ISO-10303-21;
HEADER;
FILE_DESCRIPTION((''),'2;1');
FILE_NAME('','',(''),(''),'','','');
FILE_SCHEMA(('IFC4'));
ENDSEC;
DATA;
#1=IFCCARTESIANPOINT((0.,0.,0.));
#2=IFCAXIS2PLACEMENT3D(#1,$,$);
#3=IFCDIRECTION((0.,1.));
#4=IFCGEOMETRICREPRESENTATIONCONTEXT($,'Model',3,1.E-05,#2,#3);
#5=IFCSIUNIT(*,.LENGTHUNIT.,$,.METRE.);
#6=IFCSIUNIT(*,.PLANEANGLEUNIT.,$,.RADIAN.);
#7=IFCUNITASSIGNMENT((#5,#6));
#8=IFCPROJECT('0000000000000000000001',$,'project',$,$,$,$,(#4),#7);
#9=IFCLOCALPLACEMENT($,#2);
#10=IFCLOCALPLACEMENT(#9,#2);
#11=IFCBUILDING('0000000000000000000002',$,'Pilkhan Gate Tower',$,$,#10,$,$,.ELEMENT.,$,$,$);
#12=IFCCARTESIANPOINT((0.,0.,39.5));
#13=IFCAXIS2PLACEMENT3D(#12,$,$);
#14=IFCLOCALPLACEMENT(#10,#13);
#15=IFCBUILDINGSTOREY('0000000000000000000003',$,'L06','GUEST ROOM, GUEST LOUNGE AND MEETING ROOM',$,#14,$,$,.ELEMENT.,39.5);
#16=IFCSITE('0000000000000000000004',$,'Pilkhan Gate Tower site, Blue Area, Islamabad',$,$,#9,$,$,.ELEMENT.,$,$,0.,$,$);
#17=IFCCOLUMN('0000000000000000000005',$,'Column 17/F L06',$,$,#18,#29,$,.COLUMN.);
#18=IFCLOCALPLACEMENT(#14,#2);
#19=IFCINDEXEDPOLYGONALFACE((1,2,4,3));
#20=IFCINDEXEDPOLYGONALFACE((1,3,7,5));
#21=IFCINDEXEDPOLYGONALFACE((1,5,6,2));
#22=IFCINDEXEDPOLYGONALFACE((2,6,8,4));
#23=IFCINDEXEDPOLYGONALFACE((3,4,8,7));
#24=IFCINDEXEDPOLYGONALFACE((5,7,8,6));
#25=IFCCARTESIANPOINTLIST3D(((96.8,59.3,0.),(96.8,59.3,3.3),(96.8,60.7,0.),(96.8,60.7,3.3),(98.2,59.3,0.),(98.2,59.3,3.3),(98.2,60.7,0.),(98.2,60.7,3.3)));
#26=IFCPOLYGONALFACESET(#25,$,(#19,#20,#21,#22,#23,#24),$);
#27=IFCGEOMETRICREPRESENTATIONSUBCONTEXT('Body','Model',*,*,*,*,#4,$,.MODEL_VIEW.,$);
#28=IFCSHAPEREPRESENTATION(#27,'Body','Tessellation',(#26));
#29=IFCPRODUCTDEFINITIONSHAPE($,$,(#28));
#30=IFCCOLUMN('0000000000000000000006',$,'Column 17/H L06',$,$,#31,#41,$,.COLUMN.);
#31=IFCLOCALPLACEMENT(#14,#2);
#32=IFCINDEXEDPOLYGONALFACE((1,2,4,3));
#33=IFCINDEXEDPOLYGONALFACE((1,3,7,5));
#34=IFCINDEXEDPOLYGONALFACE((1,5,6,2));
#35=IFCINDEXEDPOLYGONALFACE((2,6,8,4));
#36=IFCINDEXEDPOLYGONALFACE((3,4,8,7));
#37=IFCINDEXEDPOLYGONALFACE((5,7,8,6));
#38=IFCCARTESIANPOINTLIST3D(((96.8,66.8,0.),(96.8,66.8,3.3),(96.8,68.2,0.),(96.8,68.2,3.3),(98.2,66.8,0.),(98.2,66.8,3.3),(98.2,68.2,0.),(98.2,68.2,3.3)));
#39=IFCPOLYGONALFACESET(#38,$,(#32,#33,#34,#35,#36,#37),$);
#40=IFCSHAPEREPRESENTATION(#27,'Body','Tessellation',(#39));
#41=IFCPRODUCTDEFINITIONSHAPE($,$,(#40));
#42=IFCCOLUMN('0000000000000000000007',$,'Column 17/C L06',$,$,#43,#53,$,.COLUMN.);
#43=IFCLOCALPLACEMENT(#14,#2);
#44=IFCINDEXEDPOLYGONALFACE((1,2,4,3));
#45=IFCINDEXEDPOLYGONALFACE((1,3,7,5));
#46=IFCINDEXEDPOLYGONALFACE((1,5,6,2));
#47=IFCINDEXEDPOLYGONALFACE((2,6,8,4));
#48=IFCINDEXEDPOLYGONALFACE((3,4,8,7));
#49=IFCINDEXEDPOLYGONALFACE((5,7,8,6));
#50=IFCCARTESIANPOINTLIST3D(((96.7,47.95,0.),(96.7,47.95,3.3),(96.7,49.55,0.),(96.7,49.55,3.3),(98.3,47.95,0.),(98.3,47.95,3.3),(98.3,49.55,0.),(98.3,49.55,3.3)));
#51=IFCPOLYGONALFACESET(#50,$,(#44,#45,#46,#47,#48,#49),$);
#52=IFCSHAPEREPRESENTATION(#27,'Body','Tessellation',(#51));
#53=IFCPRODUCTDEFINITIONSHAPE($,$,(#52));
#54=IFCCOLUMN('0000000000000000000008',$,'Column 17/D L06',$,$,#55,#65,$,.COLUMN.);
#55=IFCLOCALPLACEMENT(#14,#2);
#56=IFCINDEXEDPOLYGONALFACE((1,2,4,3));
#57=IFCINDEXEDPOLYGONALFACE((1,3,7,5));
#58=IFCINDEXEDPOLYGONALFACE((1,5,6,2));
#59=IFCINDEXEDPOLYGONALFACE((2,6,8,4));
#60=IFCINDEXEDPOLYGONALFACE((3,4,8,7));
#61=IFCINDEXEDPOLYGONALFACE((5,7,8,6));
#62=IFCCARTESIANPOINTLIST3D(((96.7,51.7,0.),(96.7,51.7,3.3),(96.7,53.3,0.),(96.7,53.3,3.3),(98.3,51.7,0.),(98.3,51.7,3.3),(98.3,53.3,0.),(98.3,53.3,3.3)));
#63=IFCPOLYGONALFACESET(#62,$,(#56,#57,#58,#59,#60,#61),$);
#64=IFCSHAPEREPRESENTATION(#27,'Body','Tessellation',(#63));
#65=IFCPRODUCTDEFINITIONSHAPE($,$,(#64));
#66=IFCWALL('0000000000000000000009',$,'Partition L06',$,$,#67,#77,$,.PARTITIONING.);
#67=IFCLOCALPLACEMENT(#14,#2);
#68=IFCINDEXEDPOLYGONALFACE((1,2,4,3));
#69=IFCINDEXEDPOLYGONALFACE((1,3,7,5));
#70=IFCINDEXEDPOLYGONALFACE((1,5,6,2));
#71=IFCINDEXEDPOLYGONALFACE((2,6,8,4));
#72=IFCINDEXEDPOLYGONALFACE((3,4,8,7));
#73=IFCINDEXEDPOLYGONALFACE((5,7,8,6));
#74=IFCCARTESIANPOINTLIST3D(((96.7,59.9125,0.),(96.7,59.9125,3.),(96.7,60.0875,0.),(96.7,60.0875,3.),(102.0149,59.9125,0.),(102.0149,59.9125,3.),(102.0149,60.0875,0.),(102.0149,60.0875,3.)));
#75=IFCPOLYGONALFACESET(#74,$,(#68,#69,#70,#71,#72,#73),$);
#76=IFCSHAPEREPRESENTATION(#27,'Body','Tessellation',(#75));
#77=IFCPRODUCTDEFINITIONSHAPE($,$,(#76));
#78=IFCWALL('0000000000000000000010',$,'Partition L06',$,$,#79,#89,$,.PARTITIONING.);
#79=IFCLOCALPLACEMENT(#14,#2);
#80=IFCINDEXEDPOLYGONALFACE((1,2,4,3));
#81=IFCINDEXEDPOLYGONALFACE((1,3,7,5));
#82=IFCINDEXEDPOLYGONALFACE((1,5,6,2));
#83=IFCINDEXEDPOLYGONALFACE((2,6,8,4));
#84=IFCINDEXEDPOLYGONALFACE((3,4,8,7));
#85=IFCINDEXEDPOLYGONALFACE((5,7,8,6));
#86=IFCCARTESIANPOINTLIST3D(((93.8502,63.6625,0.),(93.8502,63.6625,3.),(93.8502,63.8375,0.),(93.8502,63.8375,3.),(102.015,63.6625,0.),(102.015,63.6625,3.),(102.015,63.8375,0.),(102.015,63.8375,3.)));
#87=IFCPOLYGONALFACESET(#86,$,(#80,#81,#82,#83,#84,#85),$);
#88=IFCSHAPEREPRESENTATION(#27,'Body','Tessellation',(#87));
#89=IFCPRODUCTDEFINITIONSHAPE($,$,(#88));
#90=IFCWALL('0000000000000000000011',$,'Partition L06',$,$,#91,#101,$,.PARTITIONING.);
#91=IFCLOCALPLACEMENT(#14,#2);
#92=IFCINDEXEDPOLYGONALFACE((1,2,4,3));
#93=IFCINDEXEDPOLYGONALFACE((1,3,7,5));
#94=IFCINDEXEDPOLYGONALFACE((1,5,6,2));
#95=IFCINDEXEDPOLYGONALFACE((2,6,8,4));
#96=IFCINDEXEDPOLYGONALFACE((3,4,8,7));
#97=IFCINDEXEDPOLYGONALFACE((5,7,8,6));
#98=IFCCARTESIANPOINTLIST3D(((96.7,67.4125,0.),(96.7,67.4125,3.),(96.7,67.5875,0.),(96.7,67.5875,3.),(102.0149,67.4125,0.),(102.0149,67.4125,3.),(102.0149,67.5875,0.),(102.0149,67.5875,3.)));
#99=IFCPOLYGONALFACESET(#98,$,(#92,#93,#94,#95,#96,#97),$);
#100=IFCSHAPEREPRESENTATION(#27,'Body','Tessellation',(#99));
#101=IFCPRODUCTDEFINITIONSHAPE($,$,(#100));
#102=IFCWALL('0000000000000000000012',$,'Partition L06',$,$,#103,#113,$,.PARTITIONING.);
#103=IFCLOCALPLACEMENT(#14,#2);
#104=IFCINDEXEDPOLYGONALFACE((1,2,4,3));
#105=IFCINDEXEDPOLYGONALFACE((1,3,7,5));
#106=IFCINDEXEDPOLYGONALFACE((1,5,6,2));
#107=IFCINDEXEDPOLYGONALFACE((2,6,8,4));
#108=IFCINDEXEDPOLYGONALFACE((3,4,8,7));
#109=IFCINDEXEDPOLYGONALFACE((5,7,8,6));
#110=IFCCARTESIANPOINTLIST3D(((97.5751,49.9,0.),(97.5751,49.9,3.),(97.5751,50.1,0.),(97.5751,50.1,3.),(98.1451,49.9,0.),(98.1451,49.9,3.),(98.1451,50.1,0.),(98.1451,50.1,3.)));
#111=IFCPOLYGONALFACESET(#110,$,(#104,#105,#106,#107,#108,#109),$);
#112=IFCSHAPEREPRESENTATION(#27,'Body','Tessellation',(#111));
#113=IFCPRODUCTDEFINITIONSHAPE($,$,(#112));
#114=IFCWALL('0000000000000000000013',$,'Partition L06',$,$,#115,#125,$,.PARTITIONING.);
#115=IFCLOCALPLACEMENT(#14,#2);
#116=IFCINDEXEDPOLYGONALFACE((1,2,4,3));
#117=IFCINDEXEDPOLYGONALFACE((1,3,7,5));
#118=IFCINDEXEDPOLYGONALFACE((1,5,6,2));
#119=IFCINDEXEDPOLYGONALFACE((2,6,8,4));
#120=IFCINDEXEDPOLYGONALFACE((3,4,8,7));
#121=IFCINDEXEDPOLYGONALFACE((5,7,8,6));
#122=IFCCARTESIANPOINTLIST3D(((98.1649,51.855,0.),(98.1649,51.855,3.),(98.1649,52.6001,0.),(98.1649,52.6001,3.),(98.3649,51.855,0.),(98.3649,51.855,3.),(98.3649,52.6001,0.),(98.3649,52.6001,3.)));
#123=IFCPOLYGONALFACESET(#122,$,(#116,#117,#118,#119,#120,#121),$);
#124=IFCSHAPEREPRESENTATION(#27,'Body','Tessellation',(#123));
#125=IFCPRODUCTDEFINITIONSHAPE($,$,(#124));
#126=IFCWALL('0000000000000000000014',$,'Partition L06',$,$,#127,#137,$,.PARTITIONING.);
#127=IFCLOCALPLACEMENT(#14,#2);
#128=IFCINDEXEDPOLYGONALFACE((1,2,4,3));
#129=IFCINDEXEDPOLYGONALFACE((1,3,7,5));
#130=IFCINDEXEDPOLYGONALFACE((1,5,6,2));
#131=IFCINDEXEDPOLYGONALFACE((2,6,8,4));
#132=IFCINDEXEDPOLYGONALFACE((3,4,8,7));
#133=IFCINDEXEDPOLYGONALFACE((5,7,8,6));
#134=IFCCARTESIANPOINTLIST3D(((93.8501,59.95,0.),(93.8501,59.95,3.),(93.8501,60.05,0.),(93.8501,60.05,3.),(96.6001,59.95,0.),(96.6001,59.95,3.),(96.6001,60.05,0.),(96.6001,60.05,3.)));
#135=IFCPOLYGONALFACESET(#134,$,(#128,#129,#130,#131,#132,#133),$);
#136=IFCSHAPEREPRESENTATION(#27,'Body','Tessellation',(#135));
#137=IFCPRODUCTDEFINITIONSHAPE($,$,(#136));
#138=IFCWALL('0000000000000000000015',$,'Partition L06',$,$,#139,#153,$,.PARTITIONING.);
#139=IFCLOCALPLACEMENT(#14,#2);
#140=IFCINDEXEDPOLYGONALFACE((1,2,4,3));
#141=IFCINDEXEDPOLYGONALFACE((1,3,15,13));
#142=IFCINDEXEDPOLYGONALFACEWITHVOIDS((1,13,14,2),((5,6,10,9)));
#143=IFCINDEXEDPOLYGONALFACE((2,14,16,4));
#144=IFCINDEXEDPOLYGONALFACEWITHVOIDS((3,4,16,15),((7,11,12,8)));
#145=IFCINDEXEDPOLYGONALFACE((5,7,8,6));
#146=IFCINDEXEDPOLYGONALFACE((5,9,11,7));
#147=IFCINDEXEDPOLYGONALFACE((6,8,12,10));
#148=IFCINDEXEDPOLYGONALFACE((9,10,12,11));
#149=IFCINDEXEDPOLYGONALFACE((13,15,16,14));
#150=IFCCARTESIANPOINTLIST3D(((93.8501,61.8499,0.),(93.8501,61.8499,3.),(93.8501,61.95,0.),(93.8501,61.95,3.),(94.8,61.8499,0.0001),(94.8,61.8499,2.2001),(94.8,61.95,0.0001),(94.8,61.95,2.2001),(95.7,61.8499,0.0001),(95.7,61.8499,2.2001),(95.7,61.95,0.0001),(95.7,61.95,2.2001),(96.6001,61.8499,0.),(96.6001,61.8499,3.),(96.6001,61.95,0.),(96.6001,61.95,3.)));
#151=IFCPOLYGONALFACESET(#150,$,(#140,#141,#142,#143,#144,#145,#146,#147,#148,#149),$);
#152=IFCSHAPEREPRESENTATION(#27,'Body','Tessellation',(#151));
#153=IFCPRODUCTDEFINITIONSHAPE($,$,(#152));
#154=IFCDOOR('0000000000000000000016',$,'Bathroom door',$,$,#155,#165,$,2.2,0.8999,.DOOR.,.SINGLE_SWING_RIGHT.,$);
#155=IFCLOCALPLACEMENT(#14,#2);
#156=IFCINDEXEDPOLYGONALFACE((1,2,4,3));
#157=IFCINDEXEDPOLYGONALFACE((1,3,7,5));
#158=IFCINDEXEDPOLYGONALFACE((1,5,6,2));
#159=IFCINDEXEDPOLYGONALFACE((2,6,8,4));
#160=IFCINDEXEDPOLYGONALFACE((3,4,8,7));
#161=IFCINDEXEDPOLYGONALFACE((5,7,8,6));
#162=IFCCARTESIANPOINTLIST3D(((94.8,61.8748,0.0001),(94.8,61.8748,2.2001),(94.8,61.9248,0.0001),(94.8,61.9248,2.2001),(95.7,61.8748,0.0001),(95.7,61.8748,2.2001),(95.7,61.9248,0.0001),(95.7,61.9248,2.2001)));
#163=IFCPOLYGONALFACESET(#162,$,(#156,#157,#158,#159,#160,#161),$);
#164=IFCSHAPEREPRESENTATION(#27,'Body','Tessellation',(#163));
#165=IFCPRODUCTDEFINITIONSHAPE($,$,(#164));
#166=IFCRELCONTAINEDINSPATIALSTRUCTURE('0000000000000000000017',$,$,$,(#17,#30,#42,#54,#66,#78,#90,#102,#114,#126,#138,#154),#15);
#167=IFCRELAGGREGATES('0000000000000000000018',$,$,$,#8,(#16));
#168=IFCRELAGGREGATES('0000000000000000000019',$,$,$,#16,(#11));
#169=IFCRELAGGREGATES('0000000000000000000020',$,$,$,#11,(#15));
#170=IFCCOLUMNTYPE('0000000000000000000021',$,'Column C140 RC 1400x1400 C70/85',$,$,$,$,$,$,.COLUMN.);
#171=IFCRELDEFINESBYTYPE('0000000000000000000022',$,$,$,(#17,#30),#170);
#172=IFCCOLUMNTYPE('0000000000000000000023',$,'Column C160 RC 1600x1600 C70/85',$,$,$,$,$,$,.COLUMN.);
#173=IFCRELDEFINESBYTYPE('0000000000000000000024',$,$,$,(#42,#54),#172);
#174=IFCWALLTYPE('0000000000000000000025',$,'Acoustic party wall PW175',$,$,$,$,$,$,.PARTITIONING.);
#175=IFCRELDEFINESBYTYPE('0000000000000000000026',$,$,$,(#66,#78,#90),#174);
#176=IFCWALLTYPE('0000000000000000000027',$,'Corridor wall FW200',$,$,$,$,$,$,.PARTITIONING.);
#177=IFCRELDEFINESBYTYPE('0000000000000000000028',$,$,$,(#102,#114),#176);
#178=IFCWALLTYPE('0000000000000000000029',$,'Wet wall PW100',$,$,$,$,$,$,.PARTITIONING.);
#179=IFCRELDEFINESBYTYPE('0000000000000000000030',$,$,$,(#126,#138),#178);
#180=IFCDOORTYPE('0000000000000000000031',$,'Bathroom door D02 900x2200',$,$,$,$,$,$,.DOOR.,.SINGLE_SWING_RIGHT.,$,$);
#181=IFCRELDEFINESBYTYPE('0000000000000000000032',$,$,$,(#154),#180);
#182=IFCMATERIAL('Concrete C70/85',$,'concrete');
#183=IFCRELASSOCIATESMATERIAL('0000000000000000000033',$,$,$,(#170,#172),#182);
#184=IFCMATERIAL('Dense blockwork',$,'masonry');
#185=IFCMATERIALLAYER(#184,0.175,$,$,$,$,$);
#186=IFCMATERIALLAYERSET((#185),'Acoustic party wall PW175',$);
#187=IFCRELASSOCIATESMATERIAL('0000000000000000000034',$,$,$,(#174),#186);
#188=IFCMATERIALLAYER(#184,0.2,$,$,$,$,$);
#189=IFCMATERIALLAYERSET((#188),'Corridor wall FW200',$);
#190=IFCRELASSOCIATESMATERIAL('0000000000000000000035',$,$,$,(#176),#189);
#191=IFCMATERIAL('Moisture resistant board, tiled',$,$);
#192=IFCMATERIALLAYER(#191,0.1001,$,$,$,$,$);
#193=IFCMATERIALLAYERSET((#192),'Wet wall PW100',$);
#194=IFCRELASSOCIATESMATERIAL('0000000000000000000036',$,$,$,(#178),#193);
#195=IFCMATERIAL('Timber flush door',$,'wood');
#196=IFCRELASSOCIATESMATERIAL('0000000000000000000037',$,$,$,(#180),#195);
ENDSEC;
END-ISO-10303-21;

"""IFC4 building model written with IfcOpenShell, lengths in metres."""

from ifc_helpers import new_model, si_unit, direction, frame, frame_2d, origin, origin_2d, place, context, subcontext, project, spatial, rectangle, extrude, material, layer, layer_set, material_profile, profile_set, type_object, element, fill, save


model = new_model("IFC4")

# Units and contexts
model_context = context("Model", 3, precision=1e-05, world=origin(), true_north=direction((0.0, 1.0)))
body_context = subcontext(model_context, "Body", "Model", "MODEL_VIEW")
ifc_project = project(units=[si_unit("LENGTHUNIT", "METRE"), si_unit("PLANEANGLEUNIT", "RADIAN")], contexts=[model_context])

# Site, building, storey
site_placement = place(None, origin())
site = spatial("IfcSite", under=ifc_project, at=site_placement, Name="Pilkhan Gate Tower site, Blue Area, Islamabad", CompositionType="ELEMENT", RefElevation=0.0)
building_placement = place(site_placement, origin())
building = spatial("IfcBuilding", under=site, at=building_placement, Name="Pilkhan Gate Tower", CompositionType="ELEMENT")
storey_placement = place(building_placement, frame((0.0, 0.0, 39.5)))
storey = spatial("IfcBuildingStorey", under=building, at=storey_placement, Name="L06", Description="GUEST ROOM, GUEST LOUNGE AND MEETING ROOM", CompositionType="ELEMENT", Elevation=39.5)

# Columns
ifc_material_1 = material(Name="Concrete C70/85", Category="concrete")
ifc_material_profile_1 = material_profile(ifc_material_1, rectangle(XDim=1.3999, YDim=1.3999, at=origin_2d()), Name="RC 1400x1400")
ifc_profile_set_1 = profile_set([ifc_material_profile_1], Name="Concrete C70/85")
column_type_1 = type_object("IfcColumnType", Name="Column C140 RC 1400x1400 C70/85", PredefinedType="COLUMN", material=ifc_profile_set_1)
for number, where, z_axis, x_axis, name in (
    (1, (97.5, 60.0, 0.0), (0.0, 0.0, 1.0), (1.0, 0.0, 0.0), "Column 17/F L06"),
    (2, (97.5, 67.5, 0.0), (0.0, 0.0, 1.0), (1.0, 0.0, 0.0), "Column 17/H L06"),
):
    element("IfcColumn", number, at=place(storey_placement, frame(where, z_axis=z_axis, x_axis=x_axis)), inside=storey, type_object=column_type_1, Name=name, PredefinedType="COLUMN", context=body_context, shape_type="SweptSolid", body=[
        extrude(rectangle(XDim=1.3999, YDim=1.3999, at=origin_2d()), origin(), (0.0, 0.0, 1.0), 3.3),
    ])
ifc_material_profile_2 = material_profile(ifc_material_1, rectangle(XDim=1.6001, YDim=1.6001, at=origin_2d()), Name="RC 1600x1600")
ifc_profile_set_2 = profile_set([ifc_material_profile_2], Name="Concrete C70/85")
column_type_2 = type_object("IfcColumnType", Name="Column C160 RC 1600x1600 C70/85", PredefinedType="COLUMN", material=ifc_profile_set_2)
for number, where, z_axis, x_axis, name in (
    (3, (97.5, 48.75, 0.0), (0.0, 0.0, 1.0), (1.0, 0.0, 0.0), "Column 17/C L06"),
    (4, (97.5, 52.5, 0.0), (0.0, 0.0, 1.0), (1.0, 0.0, 0.0), "Column 17/D L06"),
):
    element("IfcColumn", number, at=place(storey_placement, frame(where, z_axis=z_axis, x_axis=x_axis)), inside=storey, type_object=column_type_2, Name=name, PredefinedType="COLUMN", context=body_context, shape_type="SweptSolid", body=[
        extrude(rectangle(XDim=1.6001, YDim=1.6001, at=origin_2d()), origin(), (0.0, 0.0, 1.0), 3.3),
    ])

# Walls
ifc_material_2 = material(Name="Dense blockwork", Category="masonry")
ifc_layer_1 = layer(ifc_material_2, 0.175)
ifc_layer_set_1 = layer_set([ifc_layer_1], Name="Acoustic party wall PW175")
wall_type_1 = type_object("IfcWallType", Name="Acoustic party wall PW175", PredefinedType="PARTITIONING", material=ifc_layer_set_1)
wall_1_placement = place(storey_placement, frame((96.7, 60.0, 0.0), z_axis=(0.0, 0.0, 1.0), x_axis=(1.0, 0.0, 0.0)))
element("IfcWall", 5, at=wall_1_placement, inside=storey, type_object=wall_type_1, Name="Partition L06", PredefinedType="PARTITIONING", context=body_context, shape_type="SweptSolid", body=[
    extrude(rectangle(XDim=5.3149, YDim=0.175, at=frame_2d((2.6575, 0.0))), origin(), (0.0, 0.0, 1.0), 3.0),
])
wall_2_placement = place(storey_placement, frame((93.8501, 63.75, 0.0), z_axis=(0.0, 0.0, 1.0), x_axis=(1.0, 0.0, 0.0)))
element("IfcWall", 6, at=wall_2_placement, inside=storey, type_object=wall_type_1, Name="Partition L06", PredefinedType="PARTITIONING", context=body_context, shape_type="SweptSolid", body=[
    extrude(rectangle(XDim=8.1648, YDim=0.175, at=frame_2d((4.0825, 0.0))), origin(), (0.0, 0.0, 1.0), 3.0),
])
wall_3_placement = place(storey_placement, frame((96.7, 67.5, 0.0), z_axis=(0.0, 0.0, 1.0), x_axis=(1.0, 0.0, 0.0)))
element("IfcWall", 7, at=wall_3_placement, inside=storey, type_object=wall_type_1, Name="Partition L06", PredefinedType="PARTITIONING", context=body_context, shape_type="SweptSolid", body=[
    extrude(rectangle(XDim=5.3149, YDim=0.175, at=frame_2d((2.6575, 0.0))), origin(), (0.0, 0.0, 1.0), 3.0),
])
ifc_layer_2 = layer(ifc_material_2, 0.2)
ifc_layer_set_2 = layer_set([ifc_layer_2], Name="Corridor wall FW200")
wall_type_2 = type_object("IfcWallType", Name="Corridor wall FW200", PredefinedType="PARTITIONING", material=ifc_layer_set_2)
wall_4_placement = place(storey_placement, frame((97.575, 50.0, 0.0), z_axis=(0.0, 0.0, 1.0), x_axis=(1.0, 0.0, 0.0)))
element("IfcWall", 8, at=wall_4_placement, inside=storey, type_object=wall_type_2, Name="Partition L06", PredefinedType="PARTITIONING", context=body_context, shape_type="SweptSolid", body=[
    extrude(rectangle(XDim=0.5701, YDim=0.2, at=frame_2d((0.2852, 0.0))), origin(), (0.0, 0.0, 1.0), 3.0),
])
wall_5_placement = place(storey_placement, frame((98.2649, 51.855, 0.0), z_axis=(0.0, 0.0, 1.0), x_axis=(0.0, 1.0, 0.0)))
element("IfcWall", 9, at=wall_5_placement, inside=storey, type_object=wall_type_2, Name="Partition L06", PredefinedType="PARTITIONING", context=body_context, shape_type="SweptSolid", body=[
    extrude(rectangle(XDim=0.7451, YDim=0.2, at=frame_2d((0.3726, 0.0))), origin(), (0.0, 0.0, 1.0), 3.0),
])
ifc_material_3 = material(Name="Moisture resistant board, tiled")
ifc_layer_3 = layer(ifc_material_3, 0.1001)
ifc_layer_set_3 = layer_set([ifc_layer_3], Name="Wet wall PW100")
wall_type_3 = type_object("IfcWallType", Name="Wet wall PW100", PredefinedType="PARTITIONING", material=ifc_layer_set_3)
wall_6_placement = place(storey_placement, frame((93.8501, 60.0, 0.0), z_axis=(0.0, 0.0, 1.0), x_axis=(1.0, 0.0, 0.0)))
element("IfcWall", 10, at=wall_6_placement, inside=storey, type_object=wall_type_3, Name="Partition L06", PredefinedType="PARTITIONING", context=body_context, shape_type="SweptSolid", body=[
    extrude(rectangle(XDim=2.75, YDim=0.1001, at=frame_2d((1.375, 0.0))), origin(), (0.0, 0.0, 1.0), 3.0),
])

# Wall, opening, door
wall_7_placement = place(storey_placement, frame((93.8501, 61.8999, 0.0), z_axis=(0.0, 0.0, 1.0), x_axis=(1.0, 0.0, 0.0)))
wall_7 = element("IfcWall", 11, at=wall_7_placement, inside=storey, type_object=wall_type_3, Name="Partition L06", PredefinedType="PARTITIONING", context=body_context, shape_type="SweptSolid", body=[
    extrude(rectangle(XDim=2.75, YDim=0.1001, at=frame_2d((1.375, 0.0))), origin(), (0.0, 0.0, 1.0), 3.0),
])
opening_1_placement = place(wall_7_placement, frame((0.95, 0.0, 0.0)))
opening_1 = element("IfcOpeningElement", 12, at=opening_1_placement, cuts=wall_7, PredefinedType="OPENING", context=body_context, shape_type="SweptSolid", body=[
    extrude(rectangle(XDim=0.8999, YDim=2.2, at=frame_2d((0.45, 1.1001))), frame((0.0, 0.0601, 0.0), z_axis=(0.0, -1.0, 0.0), x_axis=(1.0, 0.0, 0.0)), (0.0, 0.0, 1.0), 0.1201),
])
ifc_material_4 = material(Name="Timber flush door", Category="wood")
door_type = type_object("IfcDoorType", Name="Bathroom door D02 900x2200", OperationType="SINGLE_SWING_RIGHT", PredefinedType="DOOR", material=ifc_material_4)
door_1_placement = place(opening_1_placement, origin())
door_1 = element("IfcDoor", 13, at=door_1_placement, inside=storey, type_object=door_type, Name="Bathroom door", OperationType="SINGLE_SWING_RIGHT", OverallHeight=2.2, OverallWidth=0.8999, PredefinedType="DOOR", context=body_context, shape_type="SweptSolid", body=[
    extrude(rectangle(XDim=0.8999, YDim=2.2, at=frame_2d((0.45, 1.1001))), frame((0.0, 0.0249, 0.0), z_axis=(0.0, -1.0, 0.0), x_axis=(1.0, 0.0, 0.0)), (0.0, 0.0, 1.0), 0.05),
])
fill(opening_1, door_1)

save(model, "model.ifc")
